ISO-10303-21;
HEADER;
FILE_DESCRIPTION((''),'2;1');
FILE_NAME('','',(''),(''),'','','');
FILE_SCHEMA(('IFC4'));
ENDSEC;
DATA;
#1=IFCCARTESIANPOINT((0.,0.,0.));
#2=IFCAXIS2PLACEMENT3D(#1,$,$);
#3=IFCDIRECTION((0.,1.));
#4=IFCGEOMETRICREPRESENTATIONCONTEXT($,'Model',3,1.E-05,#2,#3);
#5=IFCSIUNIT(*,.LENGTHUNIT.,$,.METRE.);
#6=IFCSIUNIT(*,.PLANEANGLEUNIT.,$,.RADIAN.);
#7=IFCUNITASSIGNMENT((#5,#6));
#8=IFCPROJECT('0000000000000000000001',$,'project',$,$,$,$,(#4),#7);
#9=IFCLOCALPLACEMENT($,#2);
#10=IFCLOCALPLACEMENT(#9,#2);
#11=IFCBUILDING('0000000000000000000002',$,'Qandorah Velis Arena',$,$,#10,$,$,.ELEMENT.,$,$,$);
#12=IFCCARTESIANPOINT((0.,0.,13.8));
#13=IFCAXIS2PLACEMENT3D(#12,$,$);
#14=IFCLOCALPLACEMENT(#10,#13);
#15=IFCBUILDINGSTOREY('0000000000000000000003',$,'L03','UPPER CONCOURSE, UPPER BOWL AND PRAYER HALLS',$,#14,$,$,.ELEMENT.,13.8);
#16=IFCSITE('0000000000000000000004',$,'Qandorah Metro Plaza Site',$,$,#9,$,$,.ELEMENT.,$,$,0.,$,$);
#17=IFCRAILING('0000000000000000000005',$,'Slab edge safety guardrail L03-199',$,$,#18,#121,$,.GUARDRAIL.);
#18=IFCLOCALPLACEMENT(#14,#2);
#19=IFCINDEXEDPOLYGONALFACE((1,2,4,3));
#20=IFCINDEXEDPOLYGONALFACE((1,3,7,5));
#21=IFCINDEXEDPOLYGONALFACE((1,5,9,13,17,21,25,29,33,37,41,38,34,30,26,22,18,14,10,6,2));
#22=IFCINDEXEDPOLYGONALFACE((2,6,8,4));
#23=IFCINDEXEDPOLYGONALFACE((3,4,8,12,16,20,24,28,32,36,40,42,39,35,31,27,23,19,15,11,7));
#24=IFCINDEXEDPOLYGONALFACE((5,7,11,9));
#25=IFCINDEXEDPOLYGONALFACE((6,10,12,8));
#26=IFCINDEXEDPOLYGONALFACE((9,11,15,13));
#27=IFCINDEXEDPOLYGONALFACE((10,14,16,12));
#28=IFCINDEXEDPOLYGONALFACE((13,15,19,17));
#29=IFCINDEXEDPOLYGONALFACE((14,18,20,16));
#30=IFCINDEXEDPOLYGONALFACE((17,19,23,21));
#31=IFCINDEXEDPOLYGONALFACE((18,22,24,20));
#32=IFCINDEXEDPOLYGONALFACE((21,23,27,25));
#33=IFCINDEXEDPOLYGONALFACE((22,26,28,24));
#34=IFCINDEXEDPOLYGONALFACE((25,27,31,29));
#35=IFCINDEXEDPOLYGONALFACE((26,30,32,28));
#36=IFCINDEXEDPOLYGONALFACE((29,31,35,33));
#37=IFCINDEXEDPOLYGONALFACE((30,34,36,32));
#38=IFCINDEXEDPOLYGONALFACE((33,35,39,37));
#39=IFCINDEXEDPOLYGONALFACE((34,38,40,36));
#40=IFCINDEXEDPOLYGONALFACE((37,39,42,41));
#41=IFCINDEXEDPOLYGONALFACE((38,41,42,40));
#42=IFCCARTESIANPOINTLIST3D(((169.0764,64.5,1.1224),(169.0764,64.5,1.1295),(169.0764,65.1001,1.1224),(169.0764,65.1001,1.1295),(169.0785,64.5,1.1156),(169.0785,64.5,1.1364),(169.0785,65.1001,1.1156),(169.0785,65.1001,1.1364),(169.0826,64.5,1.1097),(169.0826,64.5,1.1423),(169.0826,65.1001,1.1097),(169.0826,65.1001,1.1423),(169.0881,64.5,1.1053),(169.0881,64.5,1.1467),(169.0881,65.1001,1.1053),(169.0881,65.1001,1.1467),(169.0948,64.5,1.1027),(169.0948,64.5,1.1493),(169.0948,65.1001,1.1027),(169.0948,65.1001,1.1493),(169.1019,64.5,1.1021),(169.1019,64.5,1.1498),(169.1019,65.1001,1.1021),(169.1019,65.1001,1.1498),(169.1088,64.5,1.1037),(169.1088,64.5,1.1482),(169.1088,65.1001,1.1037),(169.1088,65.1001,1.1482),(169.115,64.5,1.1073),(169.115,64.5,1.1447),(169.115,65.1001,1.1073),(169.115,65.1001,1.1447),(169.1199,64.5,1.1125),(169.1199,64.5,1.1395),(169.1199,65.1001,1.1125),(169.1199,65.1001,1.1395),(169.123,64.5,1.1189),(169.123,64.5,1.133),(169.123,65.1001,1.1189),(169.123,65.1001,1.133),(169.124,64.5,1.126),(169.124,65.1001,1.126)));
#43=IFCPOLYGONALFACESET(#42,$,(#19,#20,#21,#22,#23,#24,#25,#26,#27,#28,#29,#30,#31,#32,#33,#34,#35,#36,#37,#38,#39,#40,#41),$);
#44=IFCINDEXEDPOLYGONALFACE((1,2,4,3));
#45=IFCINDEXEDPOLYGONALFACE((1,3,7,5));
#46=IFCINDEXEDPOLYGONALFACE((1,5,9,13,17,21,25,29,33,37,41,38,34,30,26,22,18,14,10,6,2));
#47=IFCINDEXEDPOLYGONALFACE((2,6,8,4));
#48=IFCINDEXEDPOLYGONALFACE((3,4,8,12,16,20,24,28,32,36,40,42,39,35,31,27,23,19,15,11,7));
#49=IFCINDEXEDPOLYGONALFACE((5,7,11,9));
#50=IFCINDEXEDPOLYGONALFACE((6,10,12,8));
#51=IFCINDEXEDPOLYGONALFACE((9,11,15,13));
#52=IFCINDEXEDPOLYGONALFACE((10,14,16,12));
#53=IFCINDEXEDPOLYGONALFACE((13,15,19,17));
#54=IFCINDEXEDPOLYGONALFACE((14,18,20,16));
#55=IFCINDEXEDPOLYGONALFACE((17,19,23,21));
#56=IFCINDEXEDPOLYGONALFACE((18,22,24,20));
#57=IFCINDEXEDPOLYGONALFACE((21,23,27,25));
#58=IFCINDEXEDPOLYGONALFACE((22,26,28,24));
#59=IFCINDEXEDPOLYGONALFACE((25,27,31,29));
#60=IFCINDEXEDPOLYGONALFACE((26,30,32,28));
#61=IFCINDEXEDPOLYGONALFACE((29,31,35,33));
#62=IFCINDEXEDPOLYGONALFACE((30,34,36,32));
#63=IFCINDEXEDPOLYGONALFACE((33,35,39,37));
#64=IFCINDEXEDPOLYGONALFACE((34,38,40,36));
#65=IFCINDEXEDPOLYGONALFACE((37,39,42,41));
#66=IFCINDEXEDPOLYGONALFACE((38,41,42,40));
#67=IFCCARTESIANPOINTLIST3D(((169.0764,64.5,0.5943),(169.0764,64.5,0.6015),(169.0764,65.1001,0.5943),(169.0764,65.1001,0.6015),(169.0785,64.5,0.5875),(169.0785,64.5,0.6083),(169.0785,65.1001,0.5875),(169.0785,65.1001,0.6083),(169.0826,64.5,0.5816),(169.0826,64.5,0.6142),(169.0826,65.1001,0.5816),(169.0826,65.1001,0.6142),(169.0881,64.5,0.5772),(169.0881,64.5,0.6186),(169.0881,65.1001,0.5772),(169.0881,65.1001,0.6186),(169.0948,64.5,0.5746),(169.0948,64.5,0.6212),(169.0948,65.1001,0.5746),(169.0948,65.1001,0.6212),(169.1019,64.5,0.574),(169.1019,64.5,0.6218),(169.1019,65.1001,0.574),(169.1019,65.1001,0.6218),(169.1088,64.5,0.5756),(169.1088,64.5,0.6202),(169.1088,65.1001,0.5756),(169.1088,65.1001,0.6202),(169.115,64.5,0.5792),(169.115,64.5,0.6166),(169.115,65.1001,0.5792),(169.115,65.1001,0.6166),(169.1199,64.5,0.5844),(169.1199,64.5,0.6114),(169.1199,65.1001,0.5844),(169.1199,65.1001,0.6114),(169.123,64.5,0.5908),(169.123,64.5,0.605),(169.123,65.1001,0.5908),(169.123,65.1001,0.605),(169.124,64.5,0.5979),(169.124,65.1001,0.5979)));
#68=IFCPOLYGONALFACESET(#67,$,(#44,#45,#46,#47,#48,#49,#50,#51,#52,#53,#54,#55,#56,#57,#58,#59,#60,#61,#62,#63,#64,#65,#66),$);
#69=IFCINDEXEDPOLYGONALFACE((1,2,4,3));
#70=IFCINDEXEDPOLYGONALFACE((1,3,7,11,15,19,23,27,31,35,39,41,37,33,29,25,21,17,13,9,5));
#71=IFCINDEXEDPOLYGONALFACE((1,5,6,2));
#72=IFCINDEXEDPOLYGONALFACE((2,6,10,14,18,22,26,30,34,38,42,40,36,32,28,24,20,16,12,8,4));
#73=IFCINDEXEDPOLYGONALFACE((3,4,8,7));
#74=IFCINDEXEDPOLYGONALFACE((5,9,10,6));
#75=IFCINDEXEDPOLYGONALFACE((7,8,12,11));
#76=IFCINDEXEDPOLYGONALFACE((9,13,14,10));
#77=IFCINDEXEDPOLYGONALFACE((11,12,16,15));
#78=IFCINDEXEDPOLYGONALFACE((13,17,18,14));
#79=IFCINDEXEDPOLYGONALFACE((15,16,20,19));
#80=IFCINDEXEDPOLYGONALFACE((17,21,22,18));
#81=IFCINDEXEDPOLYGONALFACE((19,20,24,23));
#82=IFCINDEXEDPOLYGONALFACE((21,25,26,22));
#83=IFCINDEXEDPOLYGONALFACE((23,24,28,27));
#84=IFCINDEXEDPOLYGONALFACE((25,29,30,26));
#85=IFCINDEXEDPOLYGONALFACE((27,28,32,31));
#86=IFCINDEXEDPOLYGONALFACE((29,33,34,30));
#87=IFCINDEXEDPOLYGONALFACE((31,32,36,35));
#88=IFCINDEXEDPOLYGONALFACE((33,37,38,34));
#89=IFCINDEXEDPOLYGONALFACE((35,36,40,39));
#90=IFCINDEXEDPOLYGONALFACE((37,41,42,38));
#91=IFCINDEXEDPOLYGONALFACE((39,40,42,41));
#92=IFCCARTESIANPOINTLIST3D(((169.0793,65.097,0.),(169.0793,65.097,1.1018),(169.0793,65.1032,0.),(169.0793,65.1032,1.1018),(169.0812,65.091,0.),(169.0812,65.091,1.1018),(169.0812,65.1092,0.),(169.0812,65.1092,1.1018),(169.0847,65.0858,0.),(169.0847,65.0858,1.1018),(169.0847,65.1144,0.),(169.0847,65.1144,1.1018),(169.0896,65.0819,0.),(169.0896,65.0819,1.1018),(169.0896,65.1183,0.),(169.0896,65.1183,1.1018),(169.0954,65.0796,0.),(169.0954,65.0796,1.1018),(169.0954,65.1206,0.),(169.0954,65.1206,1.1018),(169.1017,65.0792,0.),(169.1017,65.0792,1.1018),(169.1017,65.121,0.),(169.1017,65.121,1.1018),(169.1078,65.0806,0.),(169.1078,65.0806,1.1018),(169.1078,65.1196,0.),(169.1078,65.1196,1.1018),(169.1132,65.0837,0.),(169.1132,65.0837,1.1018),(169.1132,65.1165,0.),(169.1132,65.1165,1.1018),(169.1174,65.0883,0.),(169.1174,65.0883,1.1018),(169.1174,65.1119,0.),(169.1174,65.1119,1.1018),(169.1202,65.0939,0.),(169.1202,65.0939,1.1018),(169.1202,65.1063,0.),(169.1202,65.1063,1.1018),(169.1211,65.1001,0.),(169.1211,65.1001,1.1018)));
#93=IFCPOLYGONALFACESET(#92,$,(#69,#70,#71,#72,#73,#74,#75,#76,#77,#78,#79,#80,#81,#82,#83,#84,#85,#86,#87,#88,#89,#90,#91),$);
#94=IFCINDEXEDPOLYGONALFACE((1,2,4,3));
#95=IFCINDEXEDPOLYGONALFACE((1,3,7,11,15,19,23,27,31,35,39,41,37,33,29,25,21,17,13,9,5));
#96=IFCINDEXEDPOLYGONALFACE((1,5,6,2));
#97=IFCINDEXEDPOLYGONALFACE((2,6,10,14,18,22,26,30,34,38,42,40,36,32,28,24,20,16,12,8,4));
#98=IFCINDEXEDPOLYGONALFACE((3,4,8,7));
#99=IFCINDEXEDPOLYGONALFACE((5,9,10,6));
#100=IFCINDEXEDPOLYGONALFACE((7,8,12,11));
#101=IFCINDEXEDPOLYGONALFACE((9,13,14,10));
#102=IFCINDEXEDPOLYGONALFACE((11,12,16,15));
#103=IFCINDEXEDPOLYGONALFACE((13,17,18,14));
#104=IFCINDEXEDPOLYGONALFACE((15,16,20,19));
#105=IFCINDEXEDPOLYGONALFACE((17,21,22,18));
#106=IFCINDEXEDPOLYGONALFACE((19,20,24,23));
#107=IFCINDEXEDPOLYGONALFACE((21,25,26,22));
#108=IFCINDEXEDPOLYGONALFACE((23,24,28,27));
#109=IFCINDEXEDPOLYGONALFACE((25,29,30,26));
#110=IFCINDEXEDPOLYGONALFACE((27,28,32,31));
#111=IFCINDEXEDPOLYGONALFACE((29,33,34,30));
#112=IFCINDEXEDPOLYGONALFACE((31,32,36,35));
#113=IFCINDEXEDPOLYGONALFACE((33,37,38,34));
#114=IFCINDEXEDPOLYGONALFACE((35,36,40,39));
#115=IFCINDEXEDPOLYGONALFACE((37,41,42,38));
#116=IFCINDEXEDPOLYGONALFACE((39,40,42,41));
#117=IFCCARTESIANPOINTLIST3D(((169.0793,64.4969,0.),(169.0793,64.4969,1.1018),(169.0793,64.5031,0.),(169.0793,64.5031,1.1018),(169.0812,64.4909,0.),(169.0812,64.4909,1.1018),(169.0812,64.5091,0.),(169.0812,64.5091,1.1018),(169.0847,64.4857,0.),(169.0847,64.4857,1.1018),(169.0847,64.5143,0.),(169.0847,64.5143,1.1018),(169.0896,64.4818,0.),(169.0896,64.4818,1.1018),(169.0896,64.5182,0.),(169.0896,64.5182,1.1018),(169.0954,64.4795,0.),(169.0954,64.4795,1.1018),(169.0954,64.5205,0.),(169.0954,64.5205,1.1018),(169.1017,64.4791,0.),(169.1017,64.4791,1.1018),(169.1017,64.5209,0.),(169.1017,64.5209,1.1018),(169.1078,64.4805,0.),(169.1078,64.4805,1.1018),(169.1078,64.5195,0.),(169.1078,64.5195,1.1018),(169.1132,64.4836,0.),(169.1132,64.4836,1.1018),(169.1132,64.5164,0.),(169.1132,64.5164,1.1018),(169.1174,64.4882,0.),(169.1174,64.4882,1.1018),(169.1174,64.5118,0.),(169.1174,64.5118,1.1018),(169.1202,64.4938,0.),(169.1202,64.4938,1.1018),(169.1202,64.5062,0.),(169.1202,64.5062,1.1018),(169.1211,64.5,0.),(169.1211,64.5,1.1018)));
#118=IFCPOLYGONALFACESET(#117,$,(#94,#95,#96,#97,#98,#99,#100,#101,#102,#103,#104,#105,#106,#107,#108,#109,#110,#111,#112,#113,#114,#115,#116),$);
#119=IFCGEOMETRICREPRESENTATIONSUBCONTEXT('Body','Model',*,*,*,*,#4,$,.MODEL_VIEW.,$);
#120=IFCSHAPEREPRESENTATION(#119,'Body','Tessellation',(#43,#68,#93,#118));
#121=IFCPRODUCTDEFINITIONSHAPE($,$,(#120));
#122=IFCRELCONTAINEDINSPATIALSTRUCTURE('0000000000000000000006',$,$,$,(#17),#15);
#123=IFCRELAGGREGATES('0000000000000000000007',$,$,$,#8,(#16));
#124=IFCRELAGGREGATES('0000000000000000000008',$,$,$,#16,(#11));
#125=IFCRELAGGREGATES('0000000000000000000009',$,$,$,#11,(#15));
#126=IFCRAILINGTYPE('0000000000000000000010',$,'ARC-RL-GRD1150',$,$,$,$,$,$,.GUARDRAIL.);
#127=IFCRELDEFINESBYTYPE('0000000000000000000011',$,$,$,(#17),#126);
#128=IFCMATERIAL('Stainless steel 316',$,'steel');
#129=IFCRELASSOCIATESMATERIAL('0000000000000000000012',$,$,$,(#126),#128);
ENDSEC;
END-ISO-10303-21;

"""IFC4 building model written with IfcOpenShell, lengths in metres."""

from ifc_helpers import new_model, si_unit, direction, frame, origin, origin_2d, place, context, subcontext, project, spatial, circle, extrude, material, type_object, element, save


model = new_model("IFC4")

# Units and contexts
model_context = context("Model", 3, precision=1e-05, world=origin(), true_north=direction((0.0, 1.0)))
body_context = subcontext(model_context, "Body", "Model", "MODEL_VIEW")
ifc_project = project(units=[si_unit("LENGTHUNIT", "METRE"), si_unit("PLANEANGLEUNIT", "RADIAN")], contexts=[model_context])

# Site, building, storey
site_placement = place(None, origin())
site = spatial("IfcSite", under=ifc_project, at=site_placement, Name="Qandorah Metro Plaza Site", CompositionType="ELEMENT", RefElevation=0.0)
building_placement = place(site_placement, origin())
building = spatial("IfcBuilding", under=site, at=building_placement, Name="Qandorah Velis Arena", CompositionType="ELEMENT")
storey_placement = place(building_placement, frame((0.0, 0.0, 13.8)))
storey = spatial("IfcBuildingStorey", under=building, at=storey_placement, Name="L03", Description="UPPER CONCOURSE, UPPER BOWL AND PRAYER HALLS", CompositionType="ELEMENT", Elevation=13.8)

# Railing
ifc_material_1 = material(Name="Stainless steel 316", Category="steel")
railing_type = type_object("IfcRailingType", Name="ARC-RL-GRD1150", PredefinedType="GUARDRAIL", material=ifc_material_1)
railing_placement = place(storey_placement, frame((169.1001, 65.1001, 0.0)))
element("IfcRailing", 1, at=railing_placement, inside=storey, type_object=railing_type, Name="Slab edge safety guardrail L03-199", PredefinedType="GUARDRAIL", context=body_context, shape_type="SweptSolid", body=[
    extrude(circle(Radius=0.0239, at=origin_2d()), frame((0.0, 0.0, 1.126), z_axis=(0.0, -1.0, 0.0), x_axis=(1.0, 0.0, 0.0)), (0.0, 0.0, 1.0), 0.6001),
    extrude(circle(Radius=0.0239, at=origin_2d()), frame((0.0, 0.0, 0.5979), z_axis=(0.0, -1.0, 0.0), x_axis=(1.0, 0.0, 0.0)), (0.0, 0.0, 1.0), 0.6001),
    extrude(circle(Radius=0.021, at=origin_2d()), origin(), (0.0, 0.0, 1.0), 1.1018),
    extrude(circle(Radius=0.021, at=origin_2d()), frame((0.0, -0.6001, 0.0)), (0.0, 0.0, 1.0), 1.1018),
])

save(model, "model.ifc")
